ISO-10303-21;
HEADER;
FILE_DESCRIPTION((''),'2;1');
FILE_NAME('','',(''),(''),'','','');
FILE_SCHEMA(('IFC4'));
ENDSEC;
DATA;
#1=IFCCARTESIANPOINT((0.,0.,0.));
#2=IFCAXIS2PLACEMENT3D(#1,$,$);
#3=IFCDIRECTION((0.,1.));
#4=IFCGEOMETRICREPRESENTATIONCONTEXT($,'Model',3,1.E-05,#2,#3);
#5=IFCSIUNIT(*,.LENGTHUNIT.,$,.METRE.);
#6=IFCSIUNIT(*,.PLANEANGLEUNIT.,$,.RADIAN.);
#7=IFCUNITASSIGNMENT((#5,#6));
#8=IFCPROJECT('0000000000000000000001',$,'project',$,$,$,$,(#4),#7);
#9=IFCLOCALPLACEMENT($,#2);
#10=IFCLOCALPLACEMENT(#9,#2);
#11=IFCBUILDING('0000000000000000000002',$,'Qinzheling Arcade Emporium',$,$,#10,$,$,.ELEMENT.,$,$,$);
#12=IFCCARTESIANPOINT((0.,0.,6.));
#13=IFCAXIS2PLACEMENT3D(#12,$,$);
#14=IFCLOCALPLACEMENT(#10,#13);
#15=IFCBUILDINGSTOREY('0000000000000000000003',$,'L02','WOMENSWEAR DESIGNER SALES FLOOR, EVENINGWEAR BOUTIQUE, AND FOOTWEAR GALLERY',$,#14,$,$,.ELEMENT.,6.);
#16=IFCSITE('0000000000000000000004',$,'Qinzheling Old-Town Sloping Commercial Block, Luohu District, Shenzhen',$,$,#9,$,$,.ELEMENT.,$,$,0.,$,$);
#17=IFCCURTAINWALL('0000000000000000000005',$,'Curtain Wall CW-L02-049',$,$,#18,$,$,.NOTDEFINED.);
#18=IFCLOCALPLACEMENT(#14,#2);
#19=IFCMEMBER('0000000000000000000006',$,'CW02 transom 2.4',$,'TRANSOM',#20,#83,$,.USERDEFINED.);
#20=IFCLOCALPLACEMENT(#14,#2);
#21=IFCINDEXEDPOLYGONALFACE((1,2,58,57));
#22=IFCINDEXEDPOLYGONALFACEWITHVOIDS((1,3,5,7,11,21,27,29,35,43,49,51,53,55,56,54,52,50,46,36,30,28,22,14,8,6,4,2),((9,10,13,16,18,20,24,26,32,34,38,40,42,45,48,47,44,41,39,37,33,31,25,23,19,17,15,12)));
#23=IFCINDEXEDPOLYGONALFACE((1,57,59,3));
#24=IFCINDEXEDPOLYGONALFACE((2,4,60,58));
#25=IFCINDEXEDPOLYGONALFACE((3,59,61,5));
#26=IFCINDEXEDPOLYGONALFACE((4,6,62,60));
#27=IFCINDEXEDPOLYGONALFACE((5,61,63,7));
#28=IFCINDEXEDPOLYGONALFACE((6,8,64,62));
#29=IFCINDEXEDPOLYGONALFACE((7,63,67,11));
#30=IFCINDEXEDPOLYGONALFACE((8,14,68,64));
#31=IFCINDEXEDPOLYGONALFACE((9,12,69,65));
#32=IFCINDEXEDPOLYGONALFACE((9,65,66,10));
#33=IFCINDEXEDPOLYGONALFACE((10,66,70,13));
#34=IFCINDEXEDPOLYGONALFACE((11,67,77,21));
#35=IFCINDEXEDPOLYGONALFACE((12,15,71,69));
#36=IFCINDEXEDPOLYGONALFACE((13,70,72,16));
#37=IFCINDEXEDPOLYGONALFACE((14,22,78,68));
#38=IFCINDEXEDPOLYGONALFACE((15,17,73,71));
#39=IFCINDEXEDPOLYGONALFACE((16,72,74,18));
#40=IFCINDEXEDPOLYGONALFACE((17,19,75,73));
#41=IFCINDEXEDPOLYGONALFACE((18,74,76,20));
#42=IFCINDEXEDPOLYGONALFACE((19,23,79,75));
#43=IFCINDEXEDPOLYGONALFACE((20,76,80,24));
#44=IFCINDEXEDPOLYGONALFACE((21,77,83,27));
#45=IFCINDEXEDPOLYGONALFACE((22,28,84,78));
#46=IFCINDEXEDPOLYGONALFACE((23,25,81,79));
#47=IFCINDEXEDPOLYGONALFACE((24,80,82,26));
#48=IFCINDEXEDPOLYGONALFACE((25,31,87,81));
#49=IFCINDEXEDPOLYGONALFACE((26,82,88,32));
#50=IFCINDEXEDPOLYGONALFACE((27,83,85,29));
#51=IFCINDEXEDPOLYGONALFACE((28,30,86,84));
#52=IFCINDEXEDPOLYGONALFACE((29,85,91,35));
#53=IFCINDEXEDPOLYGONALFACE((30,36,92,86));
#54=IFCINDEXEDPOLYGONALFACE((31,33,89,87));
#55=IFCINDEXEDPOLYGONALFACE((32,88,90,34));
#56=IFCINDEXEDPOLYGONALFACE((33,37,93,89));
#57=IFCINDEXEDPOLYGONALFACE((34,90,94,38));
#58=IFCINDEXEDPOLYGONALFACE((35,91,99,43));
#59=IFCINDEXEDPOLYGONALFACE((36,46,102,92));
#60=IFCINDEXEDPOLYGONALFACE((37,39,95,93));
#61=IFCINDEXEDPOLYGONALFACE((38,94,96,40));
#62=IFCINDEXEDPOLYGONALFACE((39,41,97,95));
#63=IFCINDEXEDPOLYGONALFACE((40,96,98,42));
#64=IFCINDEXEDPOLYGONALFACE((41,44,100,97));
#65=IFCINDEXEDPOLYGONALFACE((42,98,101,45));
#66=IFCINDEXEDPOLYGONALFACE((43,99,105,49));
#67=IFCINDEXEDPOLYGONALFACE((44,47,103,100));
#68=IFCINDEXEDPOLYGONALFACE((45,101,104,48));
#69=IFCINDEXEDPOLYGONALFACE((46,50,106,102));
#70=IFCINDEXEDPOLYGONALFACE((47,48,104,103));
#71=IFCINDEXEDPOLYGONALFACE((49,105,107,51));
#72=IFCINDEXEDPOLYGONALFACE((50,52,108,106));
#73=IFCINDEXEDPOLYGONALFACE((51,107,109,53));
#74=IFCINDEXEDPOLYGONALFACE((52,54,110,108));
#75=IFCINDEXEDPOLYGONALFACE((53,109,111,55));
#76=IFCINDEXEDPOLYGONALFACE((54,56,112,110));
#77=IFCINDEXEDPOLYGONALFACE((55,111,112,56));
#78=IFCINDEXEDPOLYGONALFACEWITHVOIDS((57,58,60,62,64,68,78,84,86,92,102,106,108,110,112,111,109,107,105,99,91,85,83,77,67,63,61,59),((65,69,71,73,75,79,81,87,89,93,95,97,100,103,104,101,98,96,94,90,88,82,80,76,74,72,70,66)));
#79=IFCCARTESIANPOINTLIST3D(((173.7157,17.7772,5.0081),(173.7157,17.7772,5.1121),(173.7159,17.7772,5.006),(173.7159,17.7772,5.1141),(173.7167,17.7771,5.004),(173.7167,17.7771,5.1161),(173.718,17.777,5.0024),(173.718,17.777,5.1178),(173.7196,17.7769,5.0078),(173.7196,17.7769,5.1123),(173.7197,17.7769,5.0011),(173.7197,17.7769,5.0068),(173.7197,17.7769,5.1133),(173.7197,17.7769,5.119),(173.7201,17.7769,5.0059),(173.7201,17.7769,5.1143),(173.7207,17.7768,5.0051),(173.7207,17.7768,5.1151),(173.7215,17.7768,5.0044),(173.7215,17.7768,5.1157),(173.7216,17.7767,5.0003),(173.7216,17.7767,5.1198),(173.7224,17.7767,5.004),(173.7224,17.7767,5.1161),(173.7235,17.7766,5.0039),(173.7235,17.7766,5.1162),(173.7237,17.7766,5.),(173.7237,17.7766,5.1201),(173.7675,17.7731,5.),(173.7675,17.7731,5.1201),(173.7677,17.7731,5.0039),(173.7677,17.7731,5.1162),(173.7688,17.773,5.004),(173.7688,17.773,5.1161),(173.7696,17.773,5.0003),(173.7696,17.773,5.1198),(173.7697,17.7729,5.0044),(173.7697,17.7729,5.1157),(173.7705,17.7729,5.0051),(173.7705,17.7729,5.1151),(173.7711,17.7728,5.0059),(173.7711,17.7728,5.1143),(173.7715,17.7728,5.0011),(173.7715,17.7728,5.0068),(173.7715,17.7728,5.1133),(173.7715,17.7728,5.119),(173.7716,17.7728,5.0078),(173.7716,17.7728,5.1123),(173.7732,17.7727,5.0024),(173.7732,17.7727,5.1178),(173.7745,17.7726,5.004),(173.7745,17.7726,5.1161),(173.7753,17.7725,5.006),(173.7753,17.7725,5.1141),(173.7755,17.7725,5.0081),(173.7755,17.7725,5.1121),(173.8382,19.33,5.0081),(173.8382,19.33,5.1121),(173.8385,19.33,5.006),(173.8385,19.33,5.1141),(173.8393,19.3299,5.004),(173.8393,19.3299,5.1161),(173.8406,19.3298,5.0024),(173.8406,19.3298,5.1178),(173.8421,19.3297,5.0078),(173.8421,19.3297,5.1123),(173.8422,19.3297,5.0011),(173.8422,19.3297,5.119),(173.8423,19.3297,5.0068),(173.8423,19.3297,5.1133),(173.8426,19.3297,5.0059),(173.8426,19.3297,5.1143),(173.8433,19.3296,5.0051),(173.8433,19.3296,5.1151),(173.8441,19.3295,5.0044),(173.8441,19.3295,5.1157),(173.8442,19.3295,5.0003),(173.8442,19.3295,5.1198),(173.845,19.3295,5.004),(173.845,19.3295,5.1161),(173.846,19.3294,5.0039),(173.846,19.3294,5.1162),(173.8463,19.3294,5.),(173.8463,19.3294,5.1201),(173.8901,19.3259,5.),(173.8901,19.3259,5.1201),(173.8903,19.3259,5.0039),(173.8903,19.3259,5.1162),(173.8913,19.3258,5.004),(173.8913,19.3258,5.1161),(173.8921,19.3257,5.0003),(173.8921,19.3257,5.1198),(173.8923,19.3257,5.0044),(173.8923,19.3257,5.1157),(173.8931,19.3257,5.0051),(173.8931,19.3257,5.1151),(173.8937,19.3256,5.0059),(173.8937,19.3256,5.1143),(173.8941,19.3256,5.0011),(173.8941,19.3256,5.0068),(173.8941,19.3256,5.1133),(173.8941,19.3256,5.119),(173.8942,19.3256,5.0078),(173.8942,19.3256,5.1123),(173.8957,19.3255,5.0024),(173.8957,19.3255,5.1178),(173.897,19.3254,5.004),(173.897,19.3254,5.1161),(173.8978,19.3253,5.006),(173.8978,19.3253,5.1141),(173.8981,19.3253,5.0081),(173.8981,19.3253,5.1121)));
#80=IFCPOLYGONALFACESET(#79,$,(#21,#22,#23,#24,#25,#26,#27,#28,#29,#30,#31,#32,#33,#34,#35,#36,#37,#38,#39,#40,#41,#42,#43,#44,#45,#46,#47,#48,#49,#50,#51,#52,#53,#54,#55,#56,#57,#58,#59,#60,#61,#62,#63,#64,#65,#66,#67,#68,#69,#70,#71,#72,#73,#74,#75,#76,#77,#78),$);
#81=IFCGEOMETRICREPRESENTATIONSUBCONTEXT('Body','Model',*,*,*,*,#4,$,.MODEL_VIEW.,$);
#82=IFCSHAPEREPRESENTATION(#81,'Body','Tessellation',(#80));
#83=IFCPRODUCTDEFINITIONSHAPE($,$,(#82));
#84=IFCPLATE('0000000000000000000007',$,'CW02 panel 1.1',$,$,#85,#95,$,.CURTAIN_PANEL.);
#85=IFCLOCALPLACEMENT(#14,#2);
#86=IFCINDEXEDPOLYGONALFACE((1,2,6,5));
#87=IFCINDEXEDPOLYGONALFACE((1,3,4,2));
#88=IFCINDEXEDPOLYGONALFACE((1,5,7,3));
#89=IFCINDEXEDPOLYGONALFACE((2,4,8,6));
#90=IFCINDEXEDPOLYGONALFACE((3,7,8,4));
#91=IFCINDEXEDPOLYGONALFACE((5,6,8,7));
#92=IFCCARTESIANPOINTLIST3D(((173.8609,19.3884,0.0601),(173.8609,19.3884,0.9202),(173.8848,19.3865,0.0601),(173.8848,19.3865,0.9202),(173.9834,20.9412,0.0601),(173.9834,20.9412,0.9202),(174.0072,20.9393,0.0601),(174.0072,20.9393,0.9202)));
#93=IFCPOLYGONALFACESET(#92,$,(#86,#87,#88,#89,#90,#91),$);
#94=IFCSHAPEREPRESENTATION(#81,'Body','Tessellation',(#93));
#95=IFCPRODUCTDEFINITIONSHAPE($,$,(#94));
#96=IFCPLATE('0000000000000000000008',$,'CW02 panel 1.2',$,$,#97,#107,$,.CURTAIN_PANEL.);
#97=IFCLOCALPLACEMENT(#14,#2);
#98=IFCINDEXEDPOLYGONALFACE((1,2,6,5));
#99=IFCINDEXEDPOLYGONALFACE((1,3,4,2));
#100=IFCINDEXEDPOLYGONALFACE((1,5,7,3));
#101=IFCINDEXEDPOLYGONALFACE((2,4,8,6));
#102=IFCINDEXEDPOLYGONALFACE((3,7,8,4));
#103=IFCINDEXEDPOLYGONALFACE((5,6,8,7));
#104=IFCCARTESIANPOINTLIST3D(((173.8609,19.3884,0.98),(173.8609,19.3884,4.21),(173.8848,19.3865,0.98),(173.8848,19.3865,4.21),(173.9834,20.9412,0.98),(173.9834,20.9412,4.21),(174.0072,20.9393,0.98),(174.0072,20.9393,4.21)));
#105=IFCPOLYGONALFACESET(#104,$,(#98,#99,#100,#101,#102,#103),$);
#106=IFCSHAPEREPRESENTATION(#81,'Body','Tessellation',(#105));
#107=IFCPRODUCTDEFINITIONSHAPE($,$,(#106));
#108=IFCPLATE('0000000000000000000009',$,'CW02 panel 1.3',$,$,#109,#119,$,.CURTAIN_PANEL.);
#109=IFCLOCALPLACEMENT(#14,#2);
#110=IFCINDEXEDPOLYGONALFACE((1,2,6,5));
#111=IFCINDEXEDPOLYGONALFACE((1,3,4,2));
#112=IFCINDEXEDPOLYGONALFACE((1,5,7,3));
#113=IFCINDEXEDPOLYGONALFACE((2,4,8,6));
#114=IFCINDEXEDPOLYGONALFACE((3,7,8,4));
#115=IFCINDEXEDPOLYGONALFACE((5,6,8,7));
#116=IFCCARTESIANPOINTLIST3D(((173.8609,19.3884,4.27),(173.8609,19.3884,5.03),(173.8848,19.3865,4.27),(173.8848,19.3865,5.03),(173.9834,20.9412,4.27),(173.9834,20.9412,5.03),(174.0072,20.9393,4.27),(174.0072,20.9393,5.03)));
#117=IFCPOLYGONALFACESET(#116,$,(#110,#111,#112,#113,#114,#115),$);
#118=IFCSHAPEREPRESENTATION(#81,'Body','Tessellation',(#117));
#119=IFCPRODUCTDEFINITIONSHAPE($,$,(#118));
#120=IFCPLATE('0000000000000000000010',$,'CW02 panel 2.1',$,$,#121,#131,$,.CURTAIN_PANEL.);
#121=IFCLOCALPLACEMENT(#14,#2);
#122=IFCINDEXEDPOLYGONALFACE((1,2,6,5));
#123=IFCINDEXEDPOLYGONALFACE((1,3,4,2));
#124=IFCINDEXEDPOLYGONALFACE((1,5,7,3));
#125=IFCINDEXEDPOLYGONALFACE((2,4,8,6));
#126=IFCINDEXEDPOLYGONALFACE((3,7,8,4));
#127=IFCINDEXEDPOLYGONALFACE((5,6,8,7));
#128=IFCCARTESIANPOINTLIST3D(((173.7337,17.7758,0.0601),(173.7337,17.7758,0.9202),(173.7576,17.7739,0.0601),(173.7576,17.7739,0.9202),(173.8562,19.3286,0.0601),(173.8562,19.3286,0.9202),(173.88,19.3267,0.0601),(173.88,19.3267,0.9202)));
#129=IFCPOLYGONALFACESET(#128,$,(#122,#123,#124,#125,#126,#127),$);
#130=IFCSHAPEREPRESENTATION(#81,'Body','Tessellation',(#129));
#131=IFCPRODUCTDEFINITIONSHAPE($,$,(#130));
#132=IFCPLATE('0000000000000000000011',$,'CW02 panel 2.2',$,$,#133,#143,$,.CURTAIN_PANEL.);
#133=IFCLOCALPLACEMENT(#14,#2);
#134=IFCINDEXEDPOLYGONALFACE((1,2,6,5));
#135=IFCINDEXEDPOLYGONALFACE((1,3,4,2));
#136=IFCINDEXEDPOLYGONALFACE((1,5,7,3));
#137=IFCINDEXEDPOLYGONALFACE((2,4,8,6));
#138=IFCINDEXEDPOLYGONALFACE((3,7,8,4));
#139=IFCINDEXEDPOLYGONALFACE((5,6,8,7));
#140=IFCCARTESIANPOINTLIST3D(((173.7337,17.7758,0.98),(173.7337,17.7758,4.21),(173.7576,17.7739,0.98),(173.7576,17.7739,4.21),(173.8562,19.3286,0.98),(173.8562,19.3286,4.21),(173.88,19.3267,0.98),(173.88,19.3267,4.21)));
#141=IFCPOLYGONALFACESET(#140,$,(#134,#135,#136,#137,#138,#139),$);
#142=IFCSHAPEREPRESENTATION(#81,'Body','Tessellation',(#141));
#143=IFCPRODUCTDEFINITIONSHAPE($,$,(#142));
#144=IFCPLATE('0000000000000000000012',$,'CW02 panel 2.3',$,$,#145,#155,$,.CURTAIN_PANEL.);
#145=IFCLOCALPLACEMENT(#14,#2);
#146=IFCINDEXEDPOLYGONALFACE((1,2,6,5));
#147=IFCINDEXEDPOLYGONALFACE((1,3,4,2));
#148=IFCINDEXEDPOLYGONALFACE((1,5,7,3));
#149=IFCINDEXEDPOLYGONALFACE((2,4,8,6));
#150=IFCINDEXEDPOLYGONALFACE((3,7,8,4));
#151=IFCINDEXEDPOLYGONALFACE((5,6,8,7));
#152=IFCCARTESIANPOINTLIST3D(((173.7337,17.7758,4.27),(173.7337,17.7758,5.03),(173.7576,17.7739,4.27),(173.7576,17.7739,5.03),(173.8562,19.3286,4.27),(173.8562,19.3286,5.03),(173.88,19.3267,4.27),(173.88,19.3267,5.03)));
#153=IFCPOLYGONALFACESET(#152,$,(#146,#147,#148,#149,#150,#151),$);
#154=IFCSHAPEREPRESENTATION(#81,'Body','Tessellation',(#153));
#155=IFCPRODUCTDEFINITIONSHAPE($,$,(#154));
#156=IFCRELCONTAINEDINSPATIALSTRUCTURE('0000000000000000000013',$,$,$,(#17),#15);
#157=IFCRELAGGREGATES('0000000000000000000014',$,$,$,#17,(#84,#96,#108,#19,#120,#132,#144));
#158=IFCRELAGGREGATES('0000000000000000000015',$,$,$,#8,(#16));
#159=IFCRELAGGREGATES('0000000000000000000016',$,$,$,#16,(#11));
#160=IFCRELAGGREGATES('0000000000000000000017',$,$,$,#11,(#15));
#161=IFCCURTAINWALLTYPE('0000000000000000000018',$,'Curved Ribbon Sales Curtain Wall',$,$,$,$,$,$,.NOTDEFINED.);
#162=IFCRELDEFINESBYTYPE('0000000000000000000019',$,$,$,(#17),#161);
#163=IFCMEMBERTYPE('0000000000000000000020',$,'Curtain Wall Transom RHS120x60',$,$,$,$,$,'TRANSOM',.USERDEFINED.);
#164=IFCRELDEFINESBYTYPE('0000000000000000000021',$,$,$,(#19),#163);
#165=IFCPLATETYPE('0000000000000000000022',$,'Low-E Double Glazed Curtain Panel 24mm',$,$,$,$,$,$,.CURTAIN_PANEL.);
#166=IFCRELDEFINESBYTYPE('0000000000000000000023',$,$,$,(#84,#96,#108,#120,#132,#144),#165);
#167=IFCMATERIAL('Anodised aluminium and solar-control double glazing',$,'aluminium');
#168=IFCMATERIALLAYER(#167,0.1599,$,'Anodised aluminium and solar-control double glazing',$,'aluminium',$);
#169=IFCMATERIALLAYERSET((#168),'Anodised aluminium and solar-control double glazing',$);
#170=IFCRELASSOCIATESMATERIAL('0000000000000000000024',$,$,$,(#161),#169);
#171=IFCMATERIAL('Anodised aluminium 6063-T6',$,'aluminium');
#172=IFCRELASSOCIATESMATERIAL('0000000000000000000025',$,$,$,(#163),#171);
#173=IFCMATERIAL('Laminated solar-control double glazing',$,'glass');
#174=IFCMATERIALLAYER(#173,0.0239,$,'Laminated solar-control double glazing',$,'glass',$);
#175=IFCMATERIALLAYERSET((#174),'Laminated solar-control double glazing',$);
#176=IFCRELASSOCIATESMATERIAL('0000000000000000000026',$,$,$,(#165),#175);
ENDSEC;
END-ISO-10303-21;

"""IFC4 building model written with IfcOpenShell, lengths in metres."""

from ifc_helpers import new_model, si_unit, direction, frame, origin, origin_2d, place, context, subcontext, project, spatial, rectangle, hollow_rectangle, extrude, material, layer, layer_set, material_profile, profile_set, type_object, element, aggregate, save


model = new_model("IFC4")

# Units and contexts
model_context = context("Model", 3, precision=1e-05, world=origin(), true_north=direction((0.0, 1.0)))
body_context = subcontext(model_context, "Body", "Model", "MODEL_VIEW")
ifc_project = project(units=[si_unit("LENGTHUNIT", "METRE"), si_unit("PLANEANGLEUNIT", "RADIAN")], contexts=[model_context])

# Site, building, storey
site_placement = place(None, origin())
site = spatial("IfcSite", under=ifc_project, at=site_placement, Name="Qinzheling Old-Town Sloping Commercial Block, Luohu District, Shenzhen", CompositionType="ELEMENT", RefElevation=0.0)
building_placement = place(site_placement, origin())
building = spatial("IfcBuilding", under=site, at=building_placement, Name="Qinzheling Arcade Emporium", CompositionType="ELEMENT")
storey_placement = place(building_placement, frame((0.0, 0.0, 6.0)))
storey = spatial("IfcBuildingStorey", under=building, at=storey_placement, Name="L02", Description="WOMENSWEAR DESIGNER SALES FLOOR, EVENINGWEAR BOUTIQUE, AND FOOTWEAR GALLERY", CompositionType="ELEMENT", Elevation=6.0)

# Curtain wall, member, plates
ifc_material_1 = material(Name="Anodised aluminium and solar-control double glazing", Category="aluminium")
ifc_layer_1 = layer(ifc_material_1, 0.1599, Name="Anodised aluminium and solar-control double glazing", Category="aluminium")
ifc_layer_set_1 = layer_set([ifc_layer_1], Name="Anodised aluminium and solar-control double glazing")
curtain_wall_type = type_object("IfcCurtainWallType", Name="Curved Ribbon Sales Curtain Wall", PredefinedType="NOTDEFINED", material=ifc_layer_set_1)
curtain_wall_placement = place(storey_placement, origin())
curtain_wall = element("IfcCurtainWall", 1, at=curtain_wall_placement, inside=storey, type_object=curtain_wall_type, Name="Curtain Wall CW-L02-049", PredefinedType="NOTDEFINED")
ifc_material_2 = material(Name="Anodised aluminium 6063-T6", Category="aluminium")
ifc_material_profile_1 = material_profile(ifc_material_2, hollow_rectangle(XDim=0.0601, YDim=0.1201, WallThickness=0.0039, InnerFilletRadius=0.0039, OuterFilletRadius=0.0081, at=origin_2d()), Name="RHS 120x60x4", Category="aluminium")
ifc_profile_set_1 = profile_set([ifc_material_profile_1], Name="Anodised aluminium 6063-T6")
member_type_1 = type_object("IfcMemberType", Name="Curtain Wall Transom RHS120x60", ElementType="TRANSOM", PredefinedType="USERDEFINED", material=ifc_profile_set_1)
member_1_placement = place(storey_placement, frame((173.8682, 19.3276, 5.0601), z_axis=(-0.078686, -0.996899, 0.0), x_axis=(0.996899, -0.078686, 0.0)))
member_1 = element("IfcMember", 2, at=member_1_placement, type_object=member_type_1, Name="CW02 transom 2.4", ObjectType="TRANSOM", PredefinedType="USERDEFINED", context=body_context, shape_type="SweptSolid", body=[
    extrude(hollow_rectangle(XDim=0.0601, YDim=0.1201, WallThickness=0.0039, InnerFilletRadius=0.0039, OuterFilletRadius=0.0081, at=origin_2d()), origin(), (0.0, 0.0, 1.0), 1.5576),
])
ifc_material_3 = material(Name="Laminated solar-control double glazing", Category="glass")
ifc_layer_2 = layer(ifc_material_3, 0.0239, Name="Laminated solar-control double glazing", Category="glass")
ifc_layer_set_2 = layer_set([ifc_layer_2], Name="Laminated solar-control double glazing")
plate_type = type_object("IfcPlateType", Name="Low-E Double Glazed Curtain Panel 24mm", PredefinedType="CURTAIN_PANEL", material=ifc_layer_set_2)
plate_1_placement = place(storey_placement, frame((173.9341, 20.1638, 0.0601), z_axis=(0.0, 0.0, 1.0), x_axis=(-0.078599, -0.996906, 0.0)))
plate_1 = element("IfcPlate", 3, at=plate_1_placement, type_object=plate_type, Name="CW02 panel 1.1", PredefinedType="CURTAIN_PANEL", context=body_context, shape_type="SweptSolid", body=[
    extrude(rectangle(XDim=1.5576, YDim=0.0239, at=origin_2d()), origin(), (0.0, 0.0, 1.0), 0.8601),
])
plate_2_placement = place(storey_placement, frame((173.9341, 20.1638, 0.98), z_axis=(0.0, 0.0, 1.0), x_axis=(-0.078599, -0.996906, 0.0)))
plate_2 = element("IfcPlate", 4, at=plate_2_placement, type_object=plate_type, Name="CW02 panel 1.2", PredefinedType="CURTAIN_PANEL", context=body_context, shape_type="SweptSolid", body=[
    extrude(rectangle(XDim=1.5576, YDim=0.0239, at=origin_2d()), origin(), (0.0, 0.0, 1.0), 3.23),
])
plate_3_placement = place(storey_placement, frame((173.9341, 20.1638, 4.27), z_axis=(0.0, 0.0, 1.0), x_axis=(-0.078599, -0.996906, 0.0)))
plate_3 = element("IfcPlate", 5, at=plate_3_placement, type_object=plate_type, Name="CW02 panel 1.3", PredefinedType="CURTAIN_PANEL", context=body_context, shape_type="SweptSolid", body=[
    extrude(rectangle(XDim=1.5576, YDim=0.0239, at=origin_2d()), origin(), (0.0, 0.0, 1.0), 0.76),
])
plate_4_placement = place(storey_placement, frame((173.8069, 18.5513, 0.0601), z_axis=(0.0, 0.0, 1.0), x_axis=(-0.078599, -0.996906, 0.0)))
plate_4 = element("IfcPlate", 6, at=plate_4_placement, type_object=plate_type, Name="CW02 panel 2.1", PredefinedType="CURTAIN_PANEL", context=body_context, shape_type="SweptSolid", body=[
    extrude(rectangle(XDim=1.5576, YDim=0.0239, at=origin_2d()), origin(), (0.0, 0.0, 1.0), 0.8601),
])
plate_5_placement = place(storey_placement, frame((173.8069, 18.5513, 0.98), z_axis=(0.0, 0.0, 1.0), x_axis=(-0.078599, -0.996906, 0.0)))
plate_5 = element("IfcPlate", 7, at=plate_5_placement, type_object=plate_type, Name="CW02 panel 2.2", PredefinedType="CURTAIN_PANEL", context=body_context, shape_type="SweptSolid", body=[
    extrude(rectangle(XDim=1.5576, YDim=0.0239, at=origin_2d()), origin(), (0.0, 0.0, 1.0), 3.23),
])
plate_6_placement = place(storey_placement, frame((173.8069, 18.5513, 4.27), z_axis=(0.0, 0.0, 1.0), x_axis=(-0.078599, -0.996906, 0.0)))
plate_6 = element("IfcPlate", 8, at=plate_6_placement, type_object=plate_type, Name="CW02 panel 2.3", PredefinedType="CURTAIN_PANEL", context=body_context, shape_type="SweptSolid", body=[
    extrude(rectangle(XDim=1.5576, YDim=0.0239, at=origin_2d()), origin(), (0.0, 0.0, 1.0), 0.76),
])
aggregate(curtain_wall, [plate_1, plate_2, plate_3, member_1, plate_4, plate_5, plate_6])

save(model, "model.ifc")
